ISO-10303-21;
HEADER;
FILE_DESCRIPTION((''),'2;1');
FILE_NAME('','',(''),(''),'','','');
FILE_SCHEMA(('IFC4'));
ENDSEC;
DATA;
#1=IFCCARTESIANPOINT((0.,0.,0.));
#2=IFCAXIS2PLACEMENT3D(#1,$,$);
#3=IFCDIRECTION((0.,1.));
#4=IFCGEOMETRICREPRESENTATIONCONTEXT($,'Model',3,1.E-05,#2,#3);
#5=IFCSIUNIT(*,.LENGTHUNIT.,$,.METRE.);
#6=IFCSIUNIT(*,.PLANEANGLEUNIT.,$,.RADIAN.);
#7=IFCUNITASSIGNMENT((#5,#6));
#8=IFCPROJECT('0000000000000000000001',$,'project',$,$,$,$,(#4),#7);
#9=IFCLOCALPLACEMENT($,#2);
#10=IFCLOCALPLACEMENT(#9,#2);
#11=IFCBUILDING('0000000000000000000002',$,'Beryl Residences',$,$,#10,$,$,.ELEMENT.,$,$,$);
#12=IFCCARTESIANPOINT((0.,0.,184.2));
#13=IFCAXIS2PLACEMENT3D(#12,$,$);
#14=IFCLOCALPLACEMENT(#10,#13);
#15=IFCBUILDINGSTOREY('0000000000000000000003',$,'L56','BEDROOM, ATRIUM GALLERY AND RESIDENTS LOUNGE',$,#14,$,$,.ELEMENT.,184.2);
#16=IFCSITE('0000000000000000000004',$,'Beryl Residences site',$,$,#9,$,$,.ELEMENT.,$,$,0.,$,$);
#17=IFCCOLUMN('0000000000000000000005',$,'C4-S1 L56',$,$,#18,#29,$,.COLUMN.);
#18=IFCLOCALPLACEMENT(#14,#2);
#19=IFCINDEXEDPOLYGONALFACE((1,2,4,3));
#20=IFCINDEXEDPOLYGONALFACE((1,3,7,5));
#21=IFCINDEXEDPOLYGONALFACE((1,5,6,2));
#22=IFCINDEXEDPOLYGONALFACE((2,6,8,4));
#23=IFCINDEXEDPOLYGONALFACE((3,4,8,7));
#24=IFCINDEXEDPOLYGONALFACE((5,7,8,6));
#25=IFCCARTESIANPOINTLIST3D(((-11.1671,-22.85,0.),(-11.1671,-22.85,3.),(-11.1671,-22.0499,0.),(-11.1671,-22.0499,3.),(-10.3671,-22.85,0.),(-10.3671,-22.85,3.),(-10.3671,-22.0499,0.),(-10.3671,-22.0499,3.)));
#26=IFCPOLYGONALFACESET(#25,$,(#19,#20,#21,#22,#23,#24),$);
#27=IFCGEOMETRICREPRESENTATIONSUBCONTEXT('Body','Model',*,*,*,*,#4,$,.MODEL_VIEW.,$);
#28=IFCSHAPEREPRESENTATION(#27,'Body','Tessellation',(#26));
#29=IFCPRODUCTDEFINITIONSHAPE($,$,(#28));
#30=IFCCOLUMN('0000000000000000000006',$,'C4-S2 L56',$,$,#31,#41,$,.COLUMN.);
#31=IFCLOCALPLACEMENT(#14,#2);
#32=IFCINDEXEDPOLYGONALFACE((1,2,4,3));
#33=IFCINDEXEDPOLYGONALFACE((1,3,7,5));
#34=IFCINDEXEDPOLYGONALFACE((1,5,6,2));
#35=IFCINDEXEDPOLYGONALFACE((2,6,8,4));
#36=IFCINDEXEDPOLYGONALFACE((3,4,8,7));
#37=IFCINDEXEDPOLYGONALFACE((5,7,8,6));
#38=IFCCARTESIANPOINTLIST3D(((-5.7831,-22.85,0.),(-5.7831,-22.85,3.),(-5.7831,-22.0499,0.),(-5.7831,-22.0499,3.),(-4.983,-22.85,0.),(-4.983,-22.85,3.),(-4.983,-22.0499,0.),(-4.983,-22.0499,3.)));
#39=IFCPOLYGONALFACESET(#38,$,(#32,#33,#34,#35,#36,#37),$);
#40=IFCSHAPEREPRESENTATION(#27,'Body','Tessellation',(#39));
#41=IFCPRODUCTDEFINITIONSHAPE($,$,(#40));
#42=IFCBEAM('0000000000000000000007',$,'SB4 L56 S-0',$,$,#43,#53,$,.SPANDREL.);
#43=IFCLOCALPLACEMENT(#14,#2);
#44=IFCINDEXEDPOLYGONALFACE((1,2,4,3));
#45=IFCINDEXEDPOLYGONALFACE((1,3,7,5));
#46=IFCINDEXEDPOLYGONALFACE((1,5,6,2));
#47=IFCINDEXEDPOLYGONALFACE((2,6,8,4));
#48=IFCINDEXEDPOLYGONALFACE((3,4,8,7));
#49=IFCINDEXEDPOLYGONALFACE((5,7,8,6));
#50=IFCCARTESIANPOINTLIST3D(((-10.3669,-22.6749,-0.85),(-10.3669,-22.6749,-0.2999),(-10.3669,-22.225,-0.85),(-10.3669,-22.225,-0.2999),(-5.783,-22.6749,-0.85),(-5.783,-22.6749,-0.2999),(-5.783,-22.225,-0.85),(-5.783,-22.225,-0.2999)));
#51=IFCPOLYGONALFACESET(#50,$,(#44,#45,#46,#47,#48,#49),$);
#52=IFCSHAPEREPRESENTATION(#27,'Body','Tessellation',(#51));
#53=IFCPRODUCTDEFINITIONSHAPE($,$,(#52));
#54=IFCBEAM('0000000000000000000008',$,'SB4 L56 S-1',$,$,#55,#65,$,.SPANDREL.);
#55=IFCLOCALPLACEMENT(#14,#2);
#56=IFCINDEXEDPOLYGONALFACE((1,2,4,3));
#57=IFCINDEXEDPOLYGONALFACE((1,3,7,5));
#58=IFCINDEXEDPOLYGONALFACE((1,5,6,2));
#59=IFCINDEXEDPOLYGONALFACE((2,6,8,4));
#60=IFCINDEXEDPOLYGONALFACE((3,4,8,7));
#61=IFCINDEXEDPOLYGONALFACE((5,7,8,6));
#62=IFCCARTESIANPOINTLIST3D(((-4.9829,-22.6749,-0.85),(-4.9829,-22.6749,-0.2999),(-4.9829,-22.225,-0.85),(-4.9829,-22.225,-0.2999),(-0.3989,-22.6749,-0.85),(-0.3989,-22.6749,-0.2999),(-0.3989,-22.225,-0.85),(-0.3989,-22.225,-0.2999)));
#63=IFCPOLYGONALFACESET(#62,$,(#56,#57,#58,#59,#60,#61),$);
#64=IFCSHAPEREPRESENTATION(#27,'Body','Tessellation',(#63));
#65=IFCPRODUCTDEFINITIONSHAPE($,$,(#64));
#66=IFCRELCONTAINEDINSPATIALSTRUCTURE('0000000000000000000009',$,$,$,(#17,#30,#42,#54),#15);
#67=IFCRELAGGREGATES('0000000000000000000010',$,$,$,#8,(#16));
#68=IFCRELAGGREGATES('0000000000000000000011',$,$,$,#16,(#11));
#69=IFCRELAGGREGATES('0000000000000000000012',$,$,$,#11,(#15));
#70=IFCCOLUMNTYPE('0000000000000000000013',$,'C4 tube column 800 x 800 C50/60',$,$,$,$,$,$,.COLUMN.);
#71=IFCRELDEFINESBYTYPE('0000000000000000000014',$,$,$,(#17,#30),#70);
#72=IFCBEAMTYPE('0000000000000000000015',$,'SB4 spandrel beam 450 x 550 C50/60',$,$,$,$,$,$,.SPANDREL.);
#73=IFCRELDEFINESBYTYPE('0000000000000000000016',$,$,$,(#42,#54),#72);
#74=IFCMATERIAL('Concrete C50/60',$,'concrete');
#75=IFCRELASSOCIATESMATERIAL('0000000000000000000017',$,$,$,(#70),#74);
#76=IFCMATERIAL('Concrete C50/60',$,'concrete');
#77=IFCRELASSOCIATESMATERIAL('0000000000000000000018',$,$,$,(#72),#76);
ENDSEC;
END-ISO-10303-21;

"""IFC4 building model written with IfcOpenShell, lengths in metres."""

from ifc_helpers import new_model, si_unit, direction, frame, origin, origin_2d, place, context, subcontext, project, spatial, rectangle, extrude, material, material_profile, profile_set, type_object, element, save


model = new_model("IFC4")

# Units and contexts
model_context = context("Model", 3, precision=1e-05, world=origin(), true_north=direction((0.0, 1.0)))
body_context = subcontext(model_context, "Body", "Model", "MODEL_VIEW")
ifc_project = project(units=[si_unit("LENGTHUNIT", "METRE"), si_unit("PLANEANGLEUNIT", "RADIAN")], contexts=[model_context])

# Site, building, storey
site_placement = place(None, origin())
site = spatial("IfcSite", under=ifc_project, at=site_placement, Name="Beryl Residences site", CompositionType="ELEMENT", RefElevation=0.0)
building_placement = place(site_placement, origin())
building = spatial("IfcBuilding", under=site, at=building_placement, Name="Beryl Residences", CompositionType="ELEMENT")
storey_placement = place(building_placement, frame((0.0, 0.0, 184.2)))
storey = spatial("IfcBuildingStorey", under=building, at=storey_placement, Name="L56", Description="BEDROOM, ATRIUM GALLERY AND RESIDENTS LOUNGE", CompositionType="ELEMENT", Elevation=184.2)

# Columns
ifc_material_1 = material(Name="Concrete C50/60", Category="concrete")
ifc_material_profile_1 = material_profile(ifc_material_1, rectangle(XDim=0.8, YDim=0.8, at=origin_2d()))
ifc_profile_set_1 = profile_set([ifc_material_profile_1], Name="Concrete C50/60")
column_type = type_object("IfcColumnType", Name="C4 tube column 800 x 800 C50/60", PredefinedType="COLUMN", material=ifc_profile_set_1)
for number, where, z_axis, x_axis, name in (
    (1, (-10.7671, -22.45, 0.0), (0.0, 0.0, 1.0), (1.0, 0.0, 0.0), "C4-S1 L56"),
    (2, (-5.3831, -22.45, 0.0), (0.0, 0.0, 1.0), (1.0, 0.0, 0.0), "C4-S2 L56"),
):
    element("IfcColumn", number, at=place(storey_placement, frame(where, z_axis=z_axis, x_axis=x_axis)), inside=storey, type_object=column_type, Name=name, PredefinedType="COLUMN", context=body_context, shape_type="SweptSolid", body=[
        extrude(rectangle(XDim=0.8, YDim=0.8, at=origin_2d()), origin(), (0.0, 0.0, 1.0), 3.0),
    ])

# Beams
ifc_material_2 = material(Name="Concrete C50/60", Category="concrete")
ifc_material_profile_2 = material_profile(ifc_material_2, rectangle(XDim=0.45, YDim=0.55, at=origin_2d()))
ifc_profile_set_2 = profile_set([ifc_material_profile_2], Name="Concrete C50/60")
beam_type = type_object("IfcBeamType", Name="SB4 spandrel beam 450 x 550 C50/60", PredefinedType="SPANDREL", material=ifc_profile_set_2)
for number, where, z_axis, x_axis, name in (
    (3, (-10.3669, -22.45, -0.575), (1.0, 0.0, 0.0), (0.0, 1.0, 0.0), "SB4 L56 S-0"),
    (4, (-4.9829, -22.45, -0.575), (1.0, 0.0, 0.0), (0.0, 1.0, 0.0), "SB4 L56 S-1"),
):
    element("IfcBeam", number, at=place(storey_placement, frame(where, z_axis=z_axis, x_axis=x_axis)), inside=storey, type_object=beam_type, Name=name, PredefinedType="SPANDREL", context=body_context, shape_type="SweptSolid", body=[
        extrude(rectangle(XDim=0.45, YDim=0.55, at=origin_2d()), origin(), (0.0, 0.0, 1.0), 4.584),
    ])

save(model, "model.ifc")
